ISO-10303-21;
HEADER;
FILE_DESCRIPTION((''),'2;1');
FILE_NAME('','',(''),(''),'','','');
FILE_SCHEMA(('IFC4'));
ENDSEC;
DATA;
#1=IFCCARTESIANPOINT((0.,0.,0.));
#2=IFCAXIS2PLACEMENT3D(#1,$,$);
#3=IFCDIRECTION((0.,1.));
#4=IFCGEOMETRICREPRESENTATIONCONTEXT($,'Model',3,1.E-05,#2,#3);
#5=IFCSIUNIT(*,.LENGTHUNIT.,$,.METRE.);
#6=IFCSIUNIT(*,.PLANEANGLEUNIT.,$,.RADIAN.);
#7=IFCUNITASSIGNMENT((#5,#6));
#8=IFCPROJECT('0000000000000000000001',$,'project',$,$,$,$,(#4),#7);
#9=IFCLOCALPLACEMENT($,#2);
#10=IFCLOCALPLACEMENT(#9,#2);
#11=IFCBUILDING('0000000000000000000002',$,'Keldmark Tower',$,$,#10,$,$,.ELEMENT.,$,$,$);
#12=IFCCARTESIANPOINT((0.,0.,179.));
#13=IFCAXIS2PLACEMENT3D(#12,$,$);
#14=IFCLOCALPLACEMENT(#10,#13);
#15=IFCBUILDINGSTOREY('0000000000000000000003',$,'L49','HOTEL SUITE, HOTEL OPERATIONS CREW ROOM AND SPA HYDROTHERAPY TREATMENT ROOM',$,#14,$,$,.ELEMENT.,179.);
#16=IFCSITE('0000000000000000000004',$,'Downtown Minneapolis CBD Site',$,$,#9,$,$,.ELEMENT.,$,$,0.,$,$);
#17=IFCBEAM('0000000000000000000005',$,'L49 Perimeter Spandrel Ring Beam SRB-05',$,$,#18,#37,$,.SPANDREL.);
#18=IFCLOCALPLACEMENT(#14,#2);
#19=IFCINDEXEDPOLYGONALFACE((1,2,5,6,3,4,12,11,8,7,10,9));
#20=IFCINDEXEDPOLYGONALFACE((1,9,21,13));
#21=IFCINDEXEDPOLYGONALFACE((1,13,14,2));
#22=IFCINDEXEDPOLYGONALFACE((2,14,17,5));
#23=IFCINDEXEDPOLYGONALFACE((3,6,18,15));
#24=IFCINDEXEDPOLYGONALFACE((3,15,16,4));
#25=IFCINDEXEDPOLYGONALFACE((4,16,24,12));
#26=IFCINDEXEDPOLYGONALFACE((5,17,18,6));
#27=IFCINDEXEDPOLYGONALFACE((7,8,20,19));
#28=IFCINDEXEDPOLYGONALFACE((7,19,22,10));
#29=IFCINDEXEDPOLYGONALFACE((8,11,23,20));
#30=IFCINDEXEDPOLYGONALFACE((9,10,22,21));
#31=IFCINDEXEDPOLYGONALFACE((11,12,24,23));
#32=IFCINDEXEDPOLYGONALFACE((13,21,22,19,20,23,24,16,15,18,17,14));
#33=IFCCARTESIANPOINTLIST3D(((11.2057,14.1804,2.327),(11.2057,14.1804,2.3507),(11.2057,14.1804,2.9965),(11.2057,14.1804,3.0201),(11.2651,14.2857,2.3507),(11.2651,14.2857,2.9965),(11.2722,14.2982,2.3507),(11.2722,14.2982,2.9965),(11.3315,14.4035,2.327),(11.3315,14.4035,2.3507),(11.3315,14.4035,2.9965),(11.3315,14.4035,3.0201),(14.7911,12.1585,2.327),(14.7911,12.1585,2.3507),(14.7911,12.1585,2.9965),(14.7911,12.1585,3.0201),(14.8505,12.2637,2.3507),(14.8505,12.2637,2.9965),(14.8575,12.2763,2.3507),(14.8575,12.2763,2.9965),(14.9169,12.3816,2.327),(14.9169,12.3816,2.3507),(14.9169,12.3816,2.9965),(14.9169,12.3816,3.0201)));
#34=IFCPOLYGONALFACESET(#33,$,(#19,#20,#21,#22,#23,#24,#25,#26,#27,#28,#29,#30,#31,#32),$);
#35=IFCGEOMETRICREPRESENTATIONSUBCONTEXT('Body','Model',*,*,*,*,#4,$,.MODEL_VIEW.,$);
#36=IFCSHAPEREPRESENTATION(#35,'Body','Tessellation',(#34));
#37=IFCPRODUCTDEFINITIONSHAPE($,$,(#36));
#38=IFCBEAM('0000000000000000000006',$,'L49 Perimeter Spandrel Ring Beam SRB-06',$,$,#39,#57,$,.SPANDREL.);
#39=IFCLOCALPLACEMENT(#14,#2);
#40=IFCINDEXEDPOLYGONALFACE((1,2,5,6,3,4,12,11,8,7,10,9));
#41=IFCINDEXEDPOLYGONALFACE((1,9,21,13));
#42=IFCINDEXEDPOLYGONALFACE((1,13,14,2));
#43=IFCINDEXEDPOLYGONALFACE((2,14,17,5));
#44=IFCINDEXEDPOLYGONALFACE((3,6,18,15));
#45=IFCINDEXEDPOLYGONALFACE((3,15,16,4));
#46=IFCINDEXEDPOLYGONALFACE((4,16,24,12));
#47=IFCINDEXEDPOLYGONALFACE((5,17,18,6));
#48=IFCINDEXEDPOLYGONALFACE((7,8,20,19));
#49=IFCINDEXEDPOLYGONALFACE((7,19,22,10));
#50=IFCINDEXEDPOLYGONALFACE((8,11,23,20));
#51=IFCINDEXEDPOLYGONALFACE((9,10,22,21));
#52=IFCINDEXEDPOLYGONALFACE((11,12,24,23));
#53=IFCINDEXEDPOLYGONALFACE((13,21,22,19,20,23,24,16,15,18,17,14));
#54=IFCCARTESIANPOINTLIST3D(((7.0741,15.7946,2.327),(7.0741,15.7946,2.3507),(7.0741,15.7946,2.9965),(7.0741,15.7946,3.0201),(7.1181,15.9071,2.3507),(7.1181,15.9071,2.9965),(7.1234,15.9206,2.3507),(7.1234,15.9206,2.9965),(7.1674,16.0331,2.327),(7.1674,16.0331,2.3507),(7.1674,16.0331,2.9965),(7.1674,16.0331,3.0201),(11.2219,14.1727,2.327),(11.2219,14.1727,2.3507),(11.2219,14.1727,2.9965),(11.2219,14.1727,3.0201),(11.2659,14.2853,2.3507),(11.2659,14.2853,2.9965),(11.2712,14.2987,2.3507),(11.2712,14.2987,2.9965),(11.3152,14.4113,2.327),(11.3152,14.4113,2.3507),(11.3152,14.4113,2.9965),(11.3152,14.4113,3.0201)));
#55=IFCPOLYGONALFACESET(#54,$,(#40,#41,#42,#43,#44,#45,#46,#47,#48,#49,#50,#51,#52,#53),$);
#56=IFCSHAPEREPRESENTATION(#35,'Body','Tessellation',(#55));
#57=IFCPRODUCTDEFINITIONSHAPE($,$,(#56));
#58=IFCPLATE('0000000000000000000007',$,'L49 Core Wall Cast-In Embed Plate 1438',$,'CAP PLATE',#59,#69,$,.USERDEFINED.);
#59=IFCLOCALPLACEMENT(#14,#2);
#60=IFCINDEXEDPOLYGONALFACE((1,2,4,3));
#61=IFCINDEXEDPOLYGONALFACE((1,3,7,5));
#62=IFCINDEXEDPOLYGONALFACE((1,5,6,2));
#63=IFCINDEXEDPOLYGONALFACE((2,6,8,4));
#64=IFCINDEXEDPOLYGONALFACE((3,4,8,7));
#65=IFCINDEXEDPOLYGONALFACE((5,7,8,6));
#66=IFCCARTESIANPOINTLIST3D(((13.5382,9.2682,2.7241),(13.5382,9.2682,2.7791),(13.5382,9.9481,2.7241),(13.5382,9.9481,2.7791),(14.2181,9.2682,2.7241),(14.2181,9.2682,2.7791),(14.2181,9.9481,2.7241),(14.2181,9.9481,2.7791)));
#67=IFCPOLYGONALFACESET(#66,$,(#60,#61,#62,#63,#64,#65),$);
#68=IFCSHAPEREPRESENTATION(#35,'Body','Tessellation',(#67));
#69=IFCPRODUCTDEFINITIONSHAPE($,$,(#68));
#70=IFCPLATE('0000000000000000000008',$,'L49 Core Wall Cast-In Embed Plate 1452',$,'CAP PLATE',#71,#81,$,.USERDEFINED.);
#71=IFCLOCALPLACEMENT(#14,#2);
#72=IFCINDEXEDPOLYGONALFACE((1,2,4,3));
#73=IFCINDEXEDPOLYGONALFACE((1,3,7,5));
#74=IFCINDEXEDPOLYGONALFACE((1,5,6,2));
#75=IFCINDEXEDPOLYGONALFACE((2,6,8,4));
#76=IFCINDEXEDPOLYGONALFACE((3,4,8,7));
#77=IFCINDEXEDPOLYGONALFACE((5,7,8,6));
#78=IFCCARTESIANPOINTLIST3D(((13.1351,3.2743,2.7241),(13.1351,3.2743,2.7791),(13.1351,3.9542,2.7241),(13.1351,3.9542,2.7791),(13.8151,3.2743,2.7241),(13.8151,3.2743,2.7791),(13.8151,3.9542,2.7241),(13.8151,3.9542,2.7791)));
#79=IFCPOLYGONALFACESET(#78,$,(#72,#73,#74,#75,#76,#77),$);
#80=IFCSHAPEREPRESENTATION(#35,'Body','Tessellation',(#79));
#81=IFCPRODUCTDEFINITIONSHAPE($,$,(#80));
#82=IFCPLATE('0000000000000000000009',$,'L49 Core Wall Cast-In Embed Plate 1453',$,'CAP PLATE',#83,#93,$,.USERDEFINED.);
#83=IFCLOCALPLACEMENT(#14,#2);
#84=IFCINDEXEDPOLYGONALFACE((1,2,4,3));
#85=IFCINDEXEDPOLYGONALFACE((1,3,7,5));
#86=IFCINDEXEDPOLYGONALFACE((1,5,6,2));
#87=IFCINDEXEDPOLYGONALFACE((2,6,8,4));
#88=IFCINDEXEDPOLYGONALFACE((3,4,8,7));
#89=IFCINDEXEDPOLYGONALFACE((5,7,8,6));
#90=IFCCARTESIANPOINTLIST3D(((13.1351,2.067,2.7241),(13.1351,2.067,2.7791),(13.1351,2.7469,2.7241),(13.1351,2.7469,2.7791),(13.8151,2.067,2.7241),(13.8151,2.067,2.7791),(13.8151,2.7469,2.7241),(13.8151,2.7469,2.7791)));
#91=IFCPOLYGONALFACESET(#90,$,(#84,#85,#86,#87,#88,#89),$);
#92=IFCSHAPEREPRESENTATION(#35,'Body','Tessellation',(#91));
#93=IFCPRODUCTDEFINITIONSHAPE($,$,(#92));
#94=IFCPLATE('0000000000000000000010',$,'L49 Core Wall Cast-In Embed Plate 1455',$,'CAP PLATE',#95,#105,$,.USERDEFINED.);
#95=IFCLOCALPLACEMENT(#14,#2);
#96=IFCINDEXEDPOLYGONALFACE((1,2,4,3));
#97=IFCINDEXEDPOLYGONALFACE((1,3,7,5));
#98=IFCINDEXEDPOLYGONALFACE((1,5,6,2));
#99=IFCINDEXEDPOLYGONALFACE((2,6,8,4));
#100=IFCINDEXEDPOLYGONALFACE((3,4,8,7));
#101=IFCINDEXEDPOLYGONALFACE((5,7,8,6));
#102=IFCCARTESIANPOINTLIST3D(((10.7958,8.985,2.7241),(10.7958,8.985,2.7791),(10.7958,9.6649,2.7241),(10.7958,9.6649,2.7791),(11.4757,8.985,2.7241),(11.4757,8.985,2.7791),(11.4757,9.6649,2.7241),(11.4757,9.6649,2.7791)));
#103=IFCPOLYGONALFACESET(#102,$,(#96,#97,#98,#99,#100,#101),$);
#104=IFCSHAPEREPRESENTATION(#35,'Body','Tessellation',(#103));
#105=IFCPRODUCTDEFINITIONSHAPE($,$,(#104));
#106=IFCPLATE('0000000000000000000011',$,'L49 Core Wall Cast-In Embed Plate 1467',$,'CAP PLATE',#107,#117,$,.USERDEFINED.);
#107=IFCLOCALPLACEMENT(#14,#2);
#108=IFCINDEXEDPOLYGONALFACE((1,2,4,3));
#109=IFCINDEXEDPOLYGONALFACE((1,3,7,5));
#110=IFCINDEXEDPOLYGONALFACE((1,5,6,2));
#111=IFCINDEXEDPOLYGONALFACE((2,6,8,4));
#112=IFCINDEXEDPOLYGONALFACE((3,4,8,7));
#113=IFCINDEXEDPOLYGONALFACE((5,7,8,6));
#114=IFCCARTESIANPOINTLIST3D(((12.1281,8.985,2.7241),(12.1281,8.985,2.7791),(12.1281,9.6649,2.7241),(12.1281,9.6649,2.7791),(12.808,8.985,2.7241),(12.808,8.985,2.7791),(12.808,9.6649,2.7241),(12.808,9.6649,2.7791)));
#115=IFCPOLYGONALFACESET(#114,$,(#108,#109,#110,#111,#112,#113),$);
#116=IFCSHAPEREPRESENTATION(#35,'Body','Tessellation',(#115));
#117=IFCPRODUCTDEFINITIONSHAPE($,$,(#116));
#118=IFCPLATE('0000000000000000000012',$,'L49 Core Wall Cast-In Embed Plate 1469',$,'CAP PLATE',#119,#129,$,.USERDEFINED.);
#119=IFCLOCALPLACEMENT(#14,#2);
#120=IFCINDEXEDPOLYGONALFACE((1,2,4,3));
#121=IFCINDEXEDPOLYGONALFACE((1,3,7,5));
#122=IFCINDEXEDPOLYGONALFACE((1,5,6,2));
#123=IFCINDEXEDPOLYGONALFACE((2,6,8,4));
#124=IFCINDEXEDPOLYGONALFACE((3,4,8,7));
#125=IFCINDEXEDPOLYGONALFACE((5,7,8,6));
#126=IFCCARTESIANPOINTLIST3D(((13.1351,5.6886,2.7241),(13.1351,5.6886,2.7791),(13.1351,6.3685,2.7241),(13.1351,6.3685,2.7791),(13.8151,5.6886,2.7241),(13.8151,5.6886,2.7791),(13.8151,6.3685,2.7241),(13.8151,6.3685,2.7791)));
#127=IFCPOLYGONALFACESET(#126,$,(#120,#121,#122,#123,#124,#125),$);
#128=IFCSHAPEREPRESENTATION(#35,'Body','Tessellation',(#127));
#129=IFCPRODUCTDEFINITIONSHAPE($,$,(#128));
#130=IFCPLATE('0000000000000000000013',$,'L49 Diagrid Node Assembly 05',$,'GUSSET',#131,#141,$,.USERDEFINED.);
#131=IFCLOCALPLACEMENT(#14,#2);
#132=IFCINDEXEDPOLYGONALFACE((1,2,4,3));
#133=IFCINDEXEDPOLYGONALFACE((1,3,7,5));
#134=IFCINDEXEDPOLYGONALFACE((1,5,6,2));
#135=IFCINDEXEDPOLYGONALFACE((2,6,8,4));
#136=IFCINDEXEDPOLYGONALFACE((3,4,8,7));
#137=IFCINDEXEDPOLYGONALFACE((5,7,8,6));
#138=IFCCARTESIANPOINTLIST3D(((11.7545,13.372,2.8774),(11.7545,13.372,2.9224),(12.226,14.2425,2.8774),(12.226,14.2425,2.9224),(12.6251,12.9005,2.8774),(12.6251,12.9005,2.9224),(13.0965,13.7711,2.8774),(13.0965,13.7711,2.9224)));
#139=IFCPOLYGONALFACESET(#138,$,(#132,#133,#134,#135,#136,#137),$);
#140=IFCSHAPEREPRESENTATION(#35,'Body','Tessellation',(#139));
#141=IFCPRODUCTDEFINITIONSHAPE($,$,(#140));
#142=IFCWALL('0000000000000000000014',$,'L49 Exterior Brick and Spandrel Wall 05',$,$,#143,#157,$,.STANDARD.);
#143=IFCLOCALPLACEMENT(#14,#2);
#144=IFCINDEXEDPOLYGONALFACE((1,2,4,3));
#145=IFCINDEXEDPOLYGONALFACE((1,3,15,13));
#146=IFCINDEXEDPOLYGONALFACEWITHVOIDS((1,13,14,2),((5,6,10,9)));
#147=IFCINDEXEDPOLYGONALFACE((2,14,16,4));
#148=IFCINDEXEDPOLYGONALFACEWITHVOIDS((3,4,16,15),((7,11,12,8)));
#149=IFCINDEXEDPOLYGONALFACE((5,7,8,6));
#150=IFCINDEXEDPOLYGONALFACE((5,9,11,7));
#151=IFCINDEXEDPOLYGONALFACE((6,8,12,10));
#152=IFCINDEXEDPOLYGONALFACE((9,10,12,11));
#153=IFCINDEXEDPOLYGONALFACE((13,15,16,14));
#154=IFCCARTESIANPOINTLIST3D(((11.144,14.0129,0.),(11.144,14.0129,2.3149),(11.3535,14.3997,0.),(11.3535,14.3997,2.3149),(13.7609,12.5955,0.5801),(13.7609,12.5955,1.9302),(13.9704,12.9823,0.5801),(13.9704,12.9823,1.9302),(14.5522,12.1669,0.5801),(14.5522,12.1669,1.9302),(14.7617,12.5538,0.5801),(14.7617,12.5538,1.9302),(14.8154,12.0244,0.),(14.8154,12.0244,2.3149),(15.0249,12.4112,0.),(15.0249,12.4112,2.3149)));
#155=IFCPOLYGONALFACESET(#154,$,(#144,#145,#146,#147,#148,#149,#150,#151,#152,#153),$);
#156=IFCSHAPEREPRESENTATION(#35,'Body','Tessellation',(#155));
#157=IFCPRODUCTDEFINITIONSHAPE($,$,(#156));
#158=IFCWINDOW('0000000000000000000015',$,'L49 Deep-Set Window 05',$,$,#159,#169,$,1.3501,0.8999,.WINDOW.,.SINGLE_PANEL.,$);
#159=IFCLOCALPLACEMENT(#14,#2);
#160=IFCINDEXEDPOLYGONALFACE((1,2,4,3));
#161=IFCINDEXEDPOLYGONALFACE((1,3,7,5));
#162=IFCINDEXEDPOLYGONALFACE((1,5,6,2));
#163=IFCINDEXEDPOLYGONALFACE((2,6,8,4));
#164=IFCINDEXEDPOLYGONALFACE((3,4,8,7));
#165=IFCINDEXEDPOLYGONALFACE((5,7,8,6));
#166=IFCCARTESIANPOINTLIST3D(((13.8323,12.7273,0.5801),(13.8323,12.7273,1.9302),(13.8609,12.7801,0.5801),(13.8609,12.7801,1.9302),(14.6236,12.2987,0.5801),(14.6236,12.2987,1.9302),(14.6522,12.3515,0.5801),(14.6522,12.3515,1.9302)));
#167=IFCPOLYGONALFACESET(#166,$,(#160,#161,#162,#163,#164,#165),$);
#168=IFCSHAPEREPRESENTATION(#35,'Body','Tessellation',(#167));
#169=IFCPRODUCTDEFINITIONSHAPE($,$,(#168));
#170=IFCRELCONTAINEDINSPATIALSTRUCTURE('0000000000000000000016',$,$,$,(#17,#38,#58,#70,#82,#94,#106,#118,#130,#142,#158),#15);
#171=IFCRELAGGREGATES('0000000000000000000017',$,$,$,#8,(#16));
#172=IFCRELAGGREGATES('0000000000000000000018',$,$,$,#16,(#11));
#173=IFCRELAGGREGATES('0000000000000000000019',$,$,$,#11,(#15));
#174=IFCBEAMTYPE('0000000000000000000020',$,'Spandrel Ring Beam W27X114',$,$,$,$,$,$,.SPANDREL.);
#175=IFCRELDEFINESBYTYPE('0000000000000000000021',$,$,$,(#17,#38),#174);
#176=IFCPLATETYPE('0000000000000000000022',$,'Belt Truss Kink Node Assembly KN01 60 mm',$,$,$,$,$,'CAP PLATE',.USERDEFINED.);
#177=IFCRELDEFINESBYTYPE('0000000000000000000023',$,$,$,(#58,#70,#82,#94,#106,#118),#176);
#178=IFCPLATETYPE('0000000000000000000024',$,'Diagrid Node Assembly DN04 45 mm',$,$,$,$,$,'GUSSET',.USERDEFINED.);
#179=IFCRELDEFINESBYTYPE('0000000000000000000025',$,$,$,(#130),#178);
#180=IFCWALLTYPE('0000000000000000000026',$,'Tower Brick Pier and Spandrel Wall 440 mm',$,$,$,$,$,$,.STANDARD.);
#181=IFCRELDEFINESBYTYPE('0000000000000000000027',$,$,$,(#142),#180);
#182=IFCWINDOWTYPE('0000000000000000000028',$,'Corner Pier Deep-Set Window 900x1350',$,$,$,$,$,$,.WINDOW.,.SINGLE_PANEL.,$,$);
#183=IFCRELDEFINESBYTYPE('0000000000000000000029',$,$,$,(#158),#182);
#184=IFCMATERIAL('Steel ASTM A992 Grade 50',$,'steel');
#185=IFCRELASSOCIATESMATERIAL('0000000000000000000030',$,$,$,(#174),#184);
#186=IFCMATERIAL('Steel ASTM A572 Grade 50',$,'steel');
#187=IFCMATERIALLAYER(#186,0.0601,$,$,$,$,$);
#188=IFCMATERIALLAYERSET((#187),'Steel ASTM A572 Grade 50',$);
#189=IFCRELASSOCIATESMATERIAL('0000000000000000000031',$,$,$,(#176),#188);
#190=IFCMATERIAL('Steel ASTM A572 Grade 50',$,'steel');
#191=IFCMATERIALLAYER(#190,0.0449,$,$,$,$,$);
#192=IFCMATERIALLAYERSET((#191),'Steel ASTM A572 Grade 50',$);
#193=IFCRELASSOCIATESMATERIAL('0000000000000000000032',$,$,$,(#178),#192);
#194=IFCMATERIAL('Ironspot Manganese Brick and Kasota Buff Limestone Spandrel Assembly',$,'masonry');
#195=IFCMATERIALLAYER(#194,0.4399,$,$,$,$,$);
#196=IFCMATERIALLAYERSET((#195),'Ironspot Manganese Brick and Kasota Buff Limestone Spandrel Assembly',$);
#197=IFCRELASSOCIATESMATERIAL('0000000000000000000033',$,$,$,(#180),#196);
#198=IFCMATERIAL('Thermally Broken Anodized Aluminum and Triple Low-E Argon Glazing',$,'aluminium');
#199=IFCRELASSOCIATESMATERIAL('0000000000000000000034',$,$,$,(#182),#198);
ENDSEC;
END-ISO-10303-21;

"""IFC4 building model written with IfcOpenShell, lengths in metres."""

from ifc_helpers import new_model, si_unit, direction, frame, frame_2d, origin, origin_2d, place, context, subcontext, project, spatial, rectangle, i_section, extrude, material, layer, layer_set, material_profile, profile_set, type_object, element, fill, save


model = new_model("IFC4")

# Units and contexts
model_context = context("Model", 3, precision=1e-05, world=origin(), true_north=direction((0.0, 1.0)))
body_context = subcontext(model_context, "Body", "Model", "MODEL_VIEW")
ifc_project = project(units=[si_unit("LENGTHUNIT", "METRE"), si_unit("PLANEANGLEUNIT", "RADIAN")], contexts=[model_context])

# Site, building, storey
site_placement = place(None, origin())
site = spatial("IfcSite", under=ifc_project, at=site_placement, Name="Downtown Minneapolis CBD Site", CompositionType="ELEMENT", RefElevation=0.0)
building_placement = place(site_placement, origin())
building = spatial("IfcBuilding", under=site, at=building_placement, Name="Keldmark Tower", CompositionType="ELEMENT")
storey_placement = place(building_placement, frame((0.0, 0.0, 179.0)))
storey = spatial("IfcBuildingStorey", under=building, at=storey_placement, Name="L49", Description="HOTEL SUITE, HOTEL OPERATIONS CREW ROOM AND SPA HYDROTHERAPY TREATMENT ROOM", CompositionType="ELEMENT", Elevation=179.0)

# Beams
ifc_material_1 = material(Name="Steel ASTM A992 Grade 50", Category="steel")
ifc_material_profile_1 = material_profile(ifc_material_1, i_section(OverallWidth=0.2561, OverallDepth=0.6931, WebThickness=0.0144, FlangeThickness=0.0237, at=origin_2d()), Name="W27X114")
ifc_profile_set_1 = profile_set([ifc_material_profile_1], Name="Steel ASTM A992 Grade 50")
beam_type_1 = type_object("IfcBeamType", Name="Spandrel Ring Beam W27X114", PredefinedType="SPANDREL", material=ifc_profile_set_1)
beam_1_placement = place(storey_placement, frame((14.854, 12.27, 2.6736), z_axis=(-0.87104, 0.491213, 0.0), x_axis=(-0.491213, -0.87104, 0.0)))
element("IfcBeam", 1, at=beam_1_placement, inside=storey, type_object=beam_type_1, Name="L49 Perimeter Spandrel Ring Beam SRB-05", PredefinedType="SPANDREL", context=body_context, shape_type="SweptSolid", body=[
    extrude(i_section(OverallWidth=0.2561, OverallDepth=0.6931, WebThickness=0.0144, FlangeThickness=0.0237, at=origin_2d()), origin(), (0.0, 0.0, 1.0), 4.1162),
])
beam_2_placement = place(storey_placement, frame((11.2686, 14.292, 2.6736), z_axis=(-0.931333, 0.364168, 0.0), x_axis=(-0.364168, -0.931333, 0.0)))
element("IfcBeam", 2, at=beam_2_placement, inside=storey, type_object=beam_type_1, Name="L49 Perimeter Spandrel Ring Beam SRB-06", PredefinedType="SPANDREL", context=body_context, shape_type="SweptSolid", body=[
    extrude(i_section(OverallWidth=0.2561, OverallDepth=0.6931, WebThickness=0.0144, FlangeThickness=0.0237, at=origin_2d()), origin(), (0.0, 0.0, 1.0), 4.4536),
])

# Plates
ifc_material_2 = material(Name="Steel ASTM A572 Grade 50", Category="steel")
ifc_layer_1 = layer(ifc_material_2, 0.0601)
ifc_layer_set_1 = layer_set([ifc_layer_1], Name="Steel ASTM A572 Grade 50")
plate_type_1 = type_object("IfcPlateType", Name="Belt Truss Kink Node Assembly KN01 60 mm", ElementType="CAP PLATE", PredefinedType="USERDEFINED", material=ifc_layer_set_1)
for number, where, z_axis, x_axis, name in (
    (3, (13.8782, 9.6082, 2.7241), (0.0, 0.0, 1.0), (1.0, 0.0, 0.0), "L49 Core Wall Cast-In Embed Plate 1438"),
    (4, (13.4751, 3.6143, 2.7241), (0.0, 0.0, 1.0), (1.0, 0.0, 0.0), "L49 Core Wall Cast-In Embed Plate 1452"),
    (5, (13.4751, 2.407, 2.7241), (0.0, 0.0, 1.0), (1.0, 0.0, 0.0), "L49 Core Wall Cast-In Embed Plate 1453"),
    (6, (11.1357, 9.325, 2.7241), (0.0, 0.0, 1.0), (1.0, 0.0, 0.0), "L49 Core Wall Cast-In Embed Plate 1455"),
    (7, (12.468, 9.325, 2.7241), (0.0, 0.0, 1.0), (1.0, 0.0, 0.0), "L49 Core Wall Cast-In Embed Plate 1467"),
    (8, (13.4751, 6.0286, 2.7241), (0.0, 0.0, 1.0), (1.0, 0.0, 0.0), "L49 Core Wall Cast-In Embed Plate 1469"),
):
    element("IfcPlate", number, at=place(storey_placement, frame(where, z_axis=z_axis, x_axis=x_axis)), inside=storey, type_object=plate_type_1, Name=name, ObjectType="CAP PLATE", PredefinedType="USERDEFINED", context=body_context, shape_type="SweptSolid", body=[
        extrude(rectangle(XDim=0.6799, YDim=0.6799, at=origin_2d()), origin(), (0.0, 0.0, 1.0), 0.0549),
    ])
ifc_material_3 = material(Name="Steel ASTM A572 Grade 50", Category="steel")
ifc_layer_2 = layer(ifc_material_3, 0.0449)
ifc_layer_set_2 = layer_set([ifc_layer_2], Name="Steel ASTM A572 Grade 50")
plate_type_2 = type_object("IfcPlateType", Name="Diagrid Node Assembly DN04 45 mm", ElementType="GUSSET", PredefinedType="USERDEFINED", material=ifc_layer_set_2)
plate_placement = place(storey_placement, frame((12.4255, 13.5715, 2.8774), z_axis=(0.0, 0.0, 1.0), x_axis=(-0.879316, 0.476238, 0.0)))
element("IfcPlate", 9, at=plate_placement, inside=storey, type_object=plate_type_2, Name="L49 Diagrid Node Assembly 05", ObjectType="GUSSET", PredefinedType="USERDEFINED", context=body_context, shape_type="SweptSolid", body=[
    extrude(rectangle(XDim=0.99, YDim=0.99, at=origin_2d()), origin(), (0.0, 0.0, 1.0), 0.0449),
])

# Wall, opening, window
ifc_material_4 = material(Name="Ironspot Manganese Brick and Kasota Buff Limestone Spandrel Assembly", Category="masonry")
ifc_layer_3 = layer(ifc_material_4, 0.4399)
ifc_layer_set_3 = layer_set([ifc_layer_3], Name="Ironspot Manganese Brick and Kasota Buff Limestone Spandrel Assembly")
wall_type_1 = type_object("IfcWallType", Name="Tower Brick Pier and Spandrel Wall 440 mm", PredefinedType="STANDARD", material=ifc_layer_set_3)
wall_1_placement = place(storey_placement, frame((11.2488, 14.2063, 0.0), z_axis=(0.0, 0.0, 1.0), x_axis=(0.879306, -0.476257, 0.0)))
wall_1 = element("IfcWall", 10, at=wall_1_placement, inside=storey, type_object=wall_type_1, Name="L49 Exterior Brick and Spandrel Wall 05", PredefinedType="STANDARD", context=body_context, shape_type="SweptSolid", body=[
    extrude(rectangle(XDim=4.1753, YDim=0.4399, at=frame_2d((2.0876, 0.0))), origin(), (0.0, 0.0, 1.0), 2.3149),
])
opening_1_placement = place(wall_1_placement, frame((2.9761, 0.0, 0.5801)))
opening_1 = element("IfcOpeningElement", 11, at=opening_1_placement, cuts=wall_1, PredefinedType="OPENING", context=body_context, shape_type="SweptSolid", body=[
    extrude(rectangle(XDim=0.8999, YDim=1.3501, at=frame_2d((0.45, 0.675))), frame((0.0, 0.23, 0.0), z_axis=(0.0, -1.0, 0.0), x_axis=(1.0, 0.0, 0.0)), (0.0, 0.0, 1.0), 0.46),
])
ifc_material_5 = material(Name="Thermally Broken Anodized Aluminum and Triple Low-E Argon Glazing", Category="aluminium")
window_type = type_object("IfcWindowType", Name="Corner Pier Deep-Set Window 900x1350", PartitioningType="SINGLE_PANEL", PredefinedType="WINDOW", material=ifc_material_5)
window_placement = place(opening_1_placement, origin())
window = element("IfcWindow", 12, at=window_placement, inside=storey, type_object=window_type, Name="L49 Deep-Set Window 05", OverallHeight=1.3501, OverallWidth=0.8999, PartitioningType="SINGLE_PANEL", PredefinedType="WINDOW", context=body_context, shape_type="SweptSolid", body=[
    extrude(rectangle(XDim=0.8999, YDim=1.3501, at=frame_2d((0.45, 0.675))), frame((0.0, -0.01, 0.0), z_axis=(0.0, -1.0, 0.0), x_axis=(1.0, 0.0, 0.0)), (0.0, 0.0, 1.0), 0.0601),
])
fill(opening_1, window)

save(model, "model.ifc")
